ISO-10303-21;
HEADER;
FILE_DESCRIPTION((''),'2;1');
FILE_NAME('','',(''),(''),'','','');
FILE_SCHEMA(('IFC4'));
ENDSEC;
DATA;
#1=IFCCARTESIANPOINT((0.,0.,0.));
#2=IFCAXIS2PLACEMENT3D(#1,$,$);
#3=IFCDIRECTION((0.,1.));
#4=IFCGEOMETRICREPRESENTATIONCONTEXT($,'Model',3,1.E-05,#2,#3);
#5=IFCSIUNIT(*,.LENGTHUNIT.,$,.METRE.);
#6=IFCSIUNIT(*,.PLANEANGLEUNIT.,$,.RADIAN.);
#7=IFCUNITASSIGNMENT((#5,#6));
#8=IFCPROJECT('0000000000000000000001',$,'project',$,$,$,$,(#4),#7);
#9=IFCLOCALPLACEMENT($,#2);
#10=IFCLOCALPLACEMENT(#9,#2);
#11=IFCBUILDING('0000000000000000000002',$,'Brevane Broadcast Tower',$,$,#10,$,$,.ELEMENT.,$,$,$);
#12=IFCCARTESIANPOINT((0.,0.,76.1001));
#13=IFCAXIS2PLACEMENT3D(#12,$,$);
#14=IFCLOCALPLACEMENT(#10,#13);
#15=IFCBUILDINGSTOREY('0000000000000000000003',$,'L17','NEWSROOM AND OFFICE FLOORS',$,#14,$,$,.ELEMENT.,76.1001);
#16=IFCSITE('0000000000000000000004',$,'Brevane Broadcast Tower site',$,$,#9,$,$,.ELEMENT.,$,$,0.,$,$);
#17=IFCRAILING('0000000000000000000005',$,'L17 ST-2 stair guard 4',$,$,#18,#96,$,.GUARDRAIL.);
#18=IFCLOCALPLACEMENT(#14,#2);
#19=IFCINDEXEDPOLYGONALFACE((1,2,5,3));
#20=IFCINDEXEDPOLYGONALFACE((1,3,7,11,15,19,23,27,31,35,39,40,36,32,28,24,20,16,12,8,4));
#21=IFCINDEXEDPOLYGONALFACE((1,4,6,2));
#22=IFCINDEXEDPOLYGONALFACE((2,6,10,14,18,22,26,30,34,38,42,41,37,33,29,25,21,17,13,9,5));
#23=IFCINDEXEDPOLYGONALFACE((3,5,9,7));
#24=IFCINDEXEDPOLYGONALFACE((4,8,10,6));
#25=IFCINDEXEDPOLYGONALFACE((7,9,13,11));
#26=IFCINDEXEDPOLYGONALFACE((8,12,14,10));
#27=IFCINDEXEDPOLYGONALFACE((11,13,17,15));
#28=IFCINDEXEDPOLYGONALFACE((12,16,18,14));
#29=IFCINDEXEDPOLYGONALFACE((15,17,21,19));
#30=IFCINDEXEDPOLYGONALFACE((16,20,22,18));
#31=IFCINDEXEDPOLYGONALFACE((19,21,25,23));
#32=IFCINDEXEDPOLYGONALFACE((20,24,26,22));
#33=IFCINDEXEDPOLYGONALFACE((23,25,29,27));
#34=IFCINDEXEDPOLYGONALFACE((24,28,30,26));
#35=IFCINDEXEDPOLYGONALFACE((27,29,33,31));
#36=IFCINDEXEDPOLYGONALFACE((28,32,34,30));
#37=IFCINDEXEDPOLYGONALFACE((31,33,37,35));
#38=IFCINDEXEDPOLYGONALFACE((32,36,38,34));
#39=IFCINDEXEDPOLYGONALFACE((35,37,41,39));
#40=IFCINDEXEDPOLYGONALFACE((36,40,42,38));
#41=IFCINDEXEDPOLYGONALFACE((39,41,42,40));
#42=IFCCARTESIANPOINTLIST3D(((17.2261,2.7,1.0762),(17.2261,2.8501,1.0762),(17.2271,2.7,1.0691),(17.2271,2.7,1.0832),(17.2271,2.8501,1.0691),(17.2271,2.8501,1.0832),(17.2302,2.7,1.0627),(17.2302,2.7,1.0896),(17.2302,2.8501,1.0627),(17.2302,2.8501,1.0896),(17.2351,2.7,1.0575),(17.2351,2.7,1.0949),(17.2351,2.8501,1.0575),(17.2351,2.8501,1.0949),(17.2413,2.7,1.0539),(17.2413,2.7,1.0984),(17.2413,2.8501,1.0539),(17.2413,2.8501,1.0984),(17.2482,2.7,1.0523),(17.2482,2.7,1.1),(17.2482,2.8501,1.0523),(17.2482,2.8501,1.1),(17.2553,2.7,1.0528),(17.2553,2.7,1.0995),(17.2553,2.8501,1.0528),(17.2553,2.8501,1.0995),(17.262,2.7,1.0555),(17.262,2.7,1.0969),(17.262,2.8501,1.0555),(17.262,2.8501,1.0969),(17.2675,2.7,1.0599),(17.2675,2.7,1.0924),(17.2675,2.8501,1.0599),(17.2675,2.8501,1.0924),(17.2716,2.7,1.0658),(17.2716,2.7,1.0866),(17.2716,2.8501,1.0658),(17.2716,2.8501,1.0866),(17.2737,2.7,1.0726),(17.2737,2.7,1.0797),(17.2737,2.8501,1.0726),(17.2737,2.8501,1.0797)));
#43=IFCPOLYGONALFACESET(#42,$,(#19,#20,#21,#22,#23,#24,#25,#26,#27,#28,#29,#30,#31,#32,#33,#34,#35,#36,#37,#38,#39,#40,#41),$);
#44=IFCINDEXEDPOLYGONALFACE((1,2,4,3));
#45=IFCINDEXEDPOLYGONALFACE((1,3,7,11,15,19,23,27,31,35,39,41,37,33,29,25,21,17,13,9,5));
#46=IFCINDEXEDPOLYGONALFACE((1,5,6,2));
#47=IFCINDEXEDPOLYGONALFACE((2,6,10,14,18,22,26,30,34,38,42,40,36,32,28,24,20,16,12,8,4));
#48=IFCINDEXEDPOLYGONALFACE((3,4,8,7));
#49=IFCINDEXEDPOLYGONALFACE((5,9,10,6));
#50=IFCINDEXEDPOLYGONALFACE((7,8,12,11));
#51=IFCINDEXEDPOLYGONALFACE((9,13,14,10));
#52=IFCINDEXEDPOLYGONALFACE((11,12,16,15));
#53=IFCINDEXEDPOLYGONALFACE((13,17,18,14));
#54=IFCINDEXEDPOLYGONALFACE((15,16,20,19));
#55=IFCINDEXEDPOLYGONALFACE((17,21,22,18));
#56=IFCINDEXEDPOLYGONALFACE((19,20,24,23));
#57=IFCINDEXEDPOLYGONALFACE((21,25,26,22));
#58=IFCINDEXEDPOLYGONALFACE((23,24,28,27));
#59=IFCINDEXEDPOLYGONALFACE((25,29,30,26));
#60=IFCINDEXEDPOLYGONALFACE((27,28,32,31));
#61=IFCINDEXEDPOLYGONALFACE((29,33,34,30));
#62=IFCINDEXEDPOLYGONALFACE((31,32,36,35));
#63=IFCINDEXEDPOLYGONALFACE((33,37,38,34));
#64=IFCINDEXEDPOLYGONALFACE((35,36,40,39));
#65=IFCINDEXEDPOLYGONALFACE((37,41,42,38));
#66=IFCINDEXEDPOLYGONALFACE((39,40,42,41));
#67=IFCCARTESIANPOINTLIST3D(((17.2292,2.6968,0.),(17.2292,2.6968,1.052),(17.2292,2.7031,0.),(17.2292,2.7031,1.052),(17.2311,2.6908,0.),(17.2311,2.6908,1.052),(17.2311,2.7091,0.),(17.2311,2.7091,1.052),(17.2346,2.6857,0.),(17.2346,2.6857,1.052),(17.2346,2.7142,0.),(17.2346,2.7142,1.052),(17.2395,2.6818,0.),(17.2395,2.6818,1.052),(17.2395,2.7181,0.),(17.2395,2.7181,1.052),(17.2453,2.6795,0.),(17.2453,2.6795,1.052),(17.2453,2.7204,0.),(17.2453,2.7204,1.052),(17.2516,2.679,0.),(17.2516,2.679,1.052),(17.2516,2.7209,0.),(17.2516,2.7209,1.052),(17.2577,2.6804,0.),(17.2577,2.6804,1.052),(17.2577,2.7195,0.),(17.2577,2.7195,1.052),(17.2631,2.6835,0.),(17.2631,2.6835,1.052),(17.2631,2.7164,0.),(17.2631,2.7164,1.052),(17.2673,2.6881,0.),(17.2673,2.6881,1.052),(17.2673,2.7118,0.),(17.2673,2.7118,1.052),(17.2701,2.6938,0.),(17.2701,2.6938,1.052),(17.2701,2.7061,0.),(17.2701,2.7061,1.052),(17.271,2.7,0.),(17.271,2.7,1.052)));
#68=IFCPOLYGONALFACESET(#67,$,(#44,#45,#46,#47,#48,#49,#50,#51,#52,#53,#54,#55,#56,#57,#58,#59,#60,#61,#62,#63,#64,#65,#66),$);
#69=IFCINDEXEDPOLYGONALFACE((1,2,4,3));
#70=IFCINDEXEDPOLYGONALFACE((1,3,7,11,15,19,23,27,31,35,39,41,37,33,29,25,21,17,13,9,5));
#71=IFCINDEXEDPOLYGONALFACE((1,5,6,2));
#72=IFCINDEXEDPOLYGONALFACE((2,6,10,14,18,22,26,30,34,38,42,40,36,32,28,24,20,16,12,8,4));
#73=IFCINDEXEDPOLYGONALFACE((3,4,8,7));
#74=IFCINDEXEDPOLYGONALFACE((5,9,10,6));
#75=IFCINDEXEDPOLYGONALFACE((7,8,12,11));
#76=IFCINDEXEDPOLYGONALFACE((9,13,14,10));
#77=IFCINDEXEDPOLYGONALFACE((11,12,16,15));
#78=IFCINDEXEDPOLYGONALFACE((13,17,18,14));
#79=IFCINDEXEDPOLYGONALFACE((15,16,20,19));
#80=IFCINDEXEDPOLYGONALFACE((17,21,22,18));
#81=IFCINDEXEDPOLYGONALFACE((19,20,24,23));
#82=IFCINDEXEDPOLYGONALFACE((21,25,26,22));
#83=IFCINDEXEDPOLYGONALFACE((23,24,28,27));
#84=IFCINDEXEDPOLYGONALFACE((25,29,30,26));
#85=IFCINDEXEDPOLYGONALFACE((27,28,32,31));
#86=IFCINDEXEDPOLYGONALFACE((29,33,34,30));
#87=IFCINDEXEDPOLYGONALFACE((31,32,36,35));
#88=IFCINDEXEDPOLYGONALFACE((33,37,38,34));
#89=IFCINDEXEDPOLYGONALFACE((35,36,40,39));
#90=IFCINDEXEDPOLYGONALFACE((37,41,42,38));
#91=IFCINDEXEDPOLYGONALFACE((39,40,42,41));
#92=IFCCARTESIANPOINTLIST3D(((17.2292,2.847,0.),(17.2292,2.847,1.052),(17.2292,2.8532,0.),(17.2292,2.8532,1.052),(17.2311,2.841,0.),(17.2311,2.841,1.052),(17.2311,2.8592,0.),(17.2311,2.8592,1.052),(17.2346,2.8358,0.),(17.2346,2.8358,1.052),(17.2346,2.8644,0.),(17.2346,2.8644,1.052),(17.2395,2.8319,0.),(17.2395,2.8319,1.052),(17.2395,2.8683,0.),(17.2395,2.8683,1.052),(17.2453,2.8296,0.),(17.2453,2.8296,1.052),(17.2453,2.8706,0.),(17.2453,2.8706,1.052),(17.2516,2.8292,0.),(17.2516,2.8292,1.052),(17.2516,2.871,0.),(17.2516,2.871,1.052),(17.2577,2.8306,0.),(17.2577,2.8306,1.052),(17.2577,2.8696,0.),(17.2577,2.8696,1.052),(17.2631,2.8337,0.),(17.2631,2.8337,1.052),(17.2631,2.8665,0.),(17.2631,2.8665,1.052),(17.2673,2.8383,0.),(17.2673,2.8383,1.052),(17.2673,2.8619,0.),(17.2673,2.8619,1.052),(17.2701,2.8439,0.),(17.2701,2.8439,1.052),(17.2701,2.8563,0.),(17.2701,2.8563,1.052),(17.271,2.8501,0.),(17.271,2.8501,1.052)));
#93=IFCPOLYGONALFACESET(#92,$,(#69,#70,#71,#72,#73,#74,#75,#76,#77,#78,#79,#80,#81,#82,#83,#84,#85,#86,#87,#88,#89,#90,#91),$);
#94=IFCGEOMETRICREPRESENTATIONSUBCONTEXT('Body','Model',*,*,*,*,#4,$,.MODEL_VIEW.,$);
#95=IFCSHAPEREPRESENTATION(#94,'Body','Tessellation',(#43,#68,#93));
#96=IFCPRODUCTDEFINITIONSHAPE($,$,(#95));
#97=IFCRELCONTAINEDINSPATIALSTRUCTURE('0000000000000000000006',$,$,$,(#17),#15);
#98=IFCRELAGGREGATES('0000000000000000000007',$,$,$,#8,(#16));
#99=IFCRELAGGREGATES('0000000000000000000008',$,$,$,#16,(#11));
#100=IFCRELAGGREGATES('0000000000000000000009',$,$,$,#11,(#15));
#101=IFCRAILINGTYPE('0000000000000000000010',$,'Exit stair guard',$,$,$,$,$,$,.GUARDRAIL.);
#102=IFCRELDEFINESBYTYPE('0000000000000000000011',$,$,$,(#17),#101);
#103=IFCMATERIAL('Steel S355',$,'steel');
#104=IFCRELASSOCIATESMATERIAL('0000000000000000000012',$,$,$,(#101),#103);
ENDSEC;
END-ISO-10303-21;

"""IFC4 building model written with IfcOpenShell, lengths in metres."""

from ifc_helpers import new_model, si_unit, direction, frame, origin, origin_2d, place, context, subcontext, project, spatial, circle, extrude, material, type_object, element, save


model = new_model("IFC4")

# Units and contexts
model_context = context("Model", 3, precision=1e-05, world=origin(), true_north=direction((0.0, 1.0)))
body_context = subcontext(model_context, "Body", "Model", "MODEL_VIEW")
ifc_project = project(units=[si_unit("LENGTHUNIT", "METRE"), si_unit("PLANEANGLEUNIT", "RADIAN")], contexts=[model_context])

# Site, building, storey
site_placement = place(None, origin())
site = spatial("IfcSite", under=ifc_project, at=site_placement, Name="Brevane Broadcast Tower site", CompositionType="ELEMENT", RefElevation=0.0)
building_placement = place(site_placement, origin())
building = spatial("IfcBuilding", under=site, at=building_placement, Name="Brevane Broadcast Tower", CompositionType="ELEMENT")
storey_placement = place(building_placement, frame((0.0, 0.0, 76.1001)))
storey = spatial("IfcBuildingStorey", under=building, at=storey_placement, Name="L17", Description="NEWSROOM AND OFFICE FLOORS", CompositionType="ELEMENT", Elevation=76.1001)

# Railing
ifc_material_1 = material(Name="Steel S355", Category="steel")
railing_type_1 = type_object("IfcRailingType", Name="Exit stair guard", PredefinedType="GUARDRAIL", material=ifc_material_1)
railing_1_placement = place(storey_placement, frame((17.25, 2.7, 0.0)))
element("IfcRailing", 1, at=railing_1_placement, inside=storey, type_object=railing_type_1, Name="L17 ST-2 stair guard 4", PredefinedType="GUARDRAIL", context=body_context, shape_type="SweptSolid", body=[
    extrude(circle(Radius=0.0239, at=origin_2d()), frame((0.0, 0.0, 1.0762), z_axis=(0.0, 1.0, 0.0), x_axis=(-1.0, 0.0, 0.0)), (0.0, 0.0, 1.0), 0.1501),
    extrude(circle(Radius=0.021, at=origin_2d()), origin(), (0.0, 0.0, 1.0), 1.052),
    extrude(circle(Radius=0.021, at=origin_2d()), frame((0.0, 0.1501, 0.0)), (0.0, 0.0, 1.0), 1.052),
])

save(model, "model.ifc")
